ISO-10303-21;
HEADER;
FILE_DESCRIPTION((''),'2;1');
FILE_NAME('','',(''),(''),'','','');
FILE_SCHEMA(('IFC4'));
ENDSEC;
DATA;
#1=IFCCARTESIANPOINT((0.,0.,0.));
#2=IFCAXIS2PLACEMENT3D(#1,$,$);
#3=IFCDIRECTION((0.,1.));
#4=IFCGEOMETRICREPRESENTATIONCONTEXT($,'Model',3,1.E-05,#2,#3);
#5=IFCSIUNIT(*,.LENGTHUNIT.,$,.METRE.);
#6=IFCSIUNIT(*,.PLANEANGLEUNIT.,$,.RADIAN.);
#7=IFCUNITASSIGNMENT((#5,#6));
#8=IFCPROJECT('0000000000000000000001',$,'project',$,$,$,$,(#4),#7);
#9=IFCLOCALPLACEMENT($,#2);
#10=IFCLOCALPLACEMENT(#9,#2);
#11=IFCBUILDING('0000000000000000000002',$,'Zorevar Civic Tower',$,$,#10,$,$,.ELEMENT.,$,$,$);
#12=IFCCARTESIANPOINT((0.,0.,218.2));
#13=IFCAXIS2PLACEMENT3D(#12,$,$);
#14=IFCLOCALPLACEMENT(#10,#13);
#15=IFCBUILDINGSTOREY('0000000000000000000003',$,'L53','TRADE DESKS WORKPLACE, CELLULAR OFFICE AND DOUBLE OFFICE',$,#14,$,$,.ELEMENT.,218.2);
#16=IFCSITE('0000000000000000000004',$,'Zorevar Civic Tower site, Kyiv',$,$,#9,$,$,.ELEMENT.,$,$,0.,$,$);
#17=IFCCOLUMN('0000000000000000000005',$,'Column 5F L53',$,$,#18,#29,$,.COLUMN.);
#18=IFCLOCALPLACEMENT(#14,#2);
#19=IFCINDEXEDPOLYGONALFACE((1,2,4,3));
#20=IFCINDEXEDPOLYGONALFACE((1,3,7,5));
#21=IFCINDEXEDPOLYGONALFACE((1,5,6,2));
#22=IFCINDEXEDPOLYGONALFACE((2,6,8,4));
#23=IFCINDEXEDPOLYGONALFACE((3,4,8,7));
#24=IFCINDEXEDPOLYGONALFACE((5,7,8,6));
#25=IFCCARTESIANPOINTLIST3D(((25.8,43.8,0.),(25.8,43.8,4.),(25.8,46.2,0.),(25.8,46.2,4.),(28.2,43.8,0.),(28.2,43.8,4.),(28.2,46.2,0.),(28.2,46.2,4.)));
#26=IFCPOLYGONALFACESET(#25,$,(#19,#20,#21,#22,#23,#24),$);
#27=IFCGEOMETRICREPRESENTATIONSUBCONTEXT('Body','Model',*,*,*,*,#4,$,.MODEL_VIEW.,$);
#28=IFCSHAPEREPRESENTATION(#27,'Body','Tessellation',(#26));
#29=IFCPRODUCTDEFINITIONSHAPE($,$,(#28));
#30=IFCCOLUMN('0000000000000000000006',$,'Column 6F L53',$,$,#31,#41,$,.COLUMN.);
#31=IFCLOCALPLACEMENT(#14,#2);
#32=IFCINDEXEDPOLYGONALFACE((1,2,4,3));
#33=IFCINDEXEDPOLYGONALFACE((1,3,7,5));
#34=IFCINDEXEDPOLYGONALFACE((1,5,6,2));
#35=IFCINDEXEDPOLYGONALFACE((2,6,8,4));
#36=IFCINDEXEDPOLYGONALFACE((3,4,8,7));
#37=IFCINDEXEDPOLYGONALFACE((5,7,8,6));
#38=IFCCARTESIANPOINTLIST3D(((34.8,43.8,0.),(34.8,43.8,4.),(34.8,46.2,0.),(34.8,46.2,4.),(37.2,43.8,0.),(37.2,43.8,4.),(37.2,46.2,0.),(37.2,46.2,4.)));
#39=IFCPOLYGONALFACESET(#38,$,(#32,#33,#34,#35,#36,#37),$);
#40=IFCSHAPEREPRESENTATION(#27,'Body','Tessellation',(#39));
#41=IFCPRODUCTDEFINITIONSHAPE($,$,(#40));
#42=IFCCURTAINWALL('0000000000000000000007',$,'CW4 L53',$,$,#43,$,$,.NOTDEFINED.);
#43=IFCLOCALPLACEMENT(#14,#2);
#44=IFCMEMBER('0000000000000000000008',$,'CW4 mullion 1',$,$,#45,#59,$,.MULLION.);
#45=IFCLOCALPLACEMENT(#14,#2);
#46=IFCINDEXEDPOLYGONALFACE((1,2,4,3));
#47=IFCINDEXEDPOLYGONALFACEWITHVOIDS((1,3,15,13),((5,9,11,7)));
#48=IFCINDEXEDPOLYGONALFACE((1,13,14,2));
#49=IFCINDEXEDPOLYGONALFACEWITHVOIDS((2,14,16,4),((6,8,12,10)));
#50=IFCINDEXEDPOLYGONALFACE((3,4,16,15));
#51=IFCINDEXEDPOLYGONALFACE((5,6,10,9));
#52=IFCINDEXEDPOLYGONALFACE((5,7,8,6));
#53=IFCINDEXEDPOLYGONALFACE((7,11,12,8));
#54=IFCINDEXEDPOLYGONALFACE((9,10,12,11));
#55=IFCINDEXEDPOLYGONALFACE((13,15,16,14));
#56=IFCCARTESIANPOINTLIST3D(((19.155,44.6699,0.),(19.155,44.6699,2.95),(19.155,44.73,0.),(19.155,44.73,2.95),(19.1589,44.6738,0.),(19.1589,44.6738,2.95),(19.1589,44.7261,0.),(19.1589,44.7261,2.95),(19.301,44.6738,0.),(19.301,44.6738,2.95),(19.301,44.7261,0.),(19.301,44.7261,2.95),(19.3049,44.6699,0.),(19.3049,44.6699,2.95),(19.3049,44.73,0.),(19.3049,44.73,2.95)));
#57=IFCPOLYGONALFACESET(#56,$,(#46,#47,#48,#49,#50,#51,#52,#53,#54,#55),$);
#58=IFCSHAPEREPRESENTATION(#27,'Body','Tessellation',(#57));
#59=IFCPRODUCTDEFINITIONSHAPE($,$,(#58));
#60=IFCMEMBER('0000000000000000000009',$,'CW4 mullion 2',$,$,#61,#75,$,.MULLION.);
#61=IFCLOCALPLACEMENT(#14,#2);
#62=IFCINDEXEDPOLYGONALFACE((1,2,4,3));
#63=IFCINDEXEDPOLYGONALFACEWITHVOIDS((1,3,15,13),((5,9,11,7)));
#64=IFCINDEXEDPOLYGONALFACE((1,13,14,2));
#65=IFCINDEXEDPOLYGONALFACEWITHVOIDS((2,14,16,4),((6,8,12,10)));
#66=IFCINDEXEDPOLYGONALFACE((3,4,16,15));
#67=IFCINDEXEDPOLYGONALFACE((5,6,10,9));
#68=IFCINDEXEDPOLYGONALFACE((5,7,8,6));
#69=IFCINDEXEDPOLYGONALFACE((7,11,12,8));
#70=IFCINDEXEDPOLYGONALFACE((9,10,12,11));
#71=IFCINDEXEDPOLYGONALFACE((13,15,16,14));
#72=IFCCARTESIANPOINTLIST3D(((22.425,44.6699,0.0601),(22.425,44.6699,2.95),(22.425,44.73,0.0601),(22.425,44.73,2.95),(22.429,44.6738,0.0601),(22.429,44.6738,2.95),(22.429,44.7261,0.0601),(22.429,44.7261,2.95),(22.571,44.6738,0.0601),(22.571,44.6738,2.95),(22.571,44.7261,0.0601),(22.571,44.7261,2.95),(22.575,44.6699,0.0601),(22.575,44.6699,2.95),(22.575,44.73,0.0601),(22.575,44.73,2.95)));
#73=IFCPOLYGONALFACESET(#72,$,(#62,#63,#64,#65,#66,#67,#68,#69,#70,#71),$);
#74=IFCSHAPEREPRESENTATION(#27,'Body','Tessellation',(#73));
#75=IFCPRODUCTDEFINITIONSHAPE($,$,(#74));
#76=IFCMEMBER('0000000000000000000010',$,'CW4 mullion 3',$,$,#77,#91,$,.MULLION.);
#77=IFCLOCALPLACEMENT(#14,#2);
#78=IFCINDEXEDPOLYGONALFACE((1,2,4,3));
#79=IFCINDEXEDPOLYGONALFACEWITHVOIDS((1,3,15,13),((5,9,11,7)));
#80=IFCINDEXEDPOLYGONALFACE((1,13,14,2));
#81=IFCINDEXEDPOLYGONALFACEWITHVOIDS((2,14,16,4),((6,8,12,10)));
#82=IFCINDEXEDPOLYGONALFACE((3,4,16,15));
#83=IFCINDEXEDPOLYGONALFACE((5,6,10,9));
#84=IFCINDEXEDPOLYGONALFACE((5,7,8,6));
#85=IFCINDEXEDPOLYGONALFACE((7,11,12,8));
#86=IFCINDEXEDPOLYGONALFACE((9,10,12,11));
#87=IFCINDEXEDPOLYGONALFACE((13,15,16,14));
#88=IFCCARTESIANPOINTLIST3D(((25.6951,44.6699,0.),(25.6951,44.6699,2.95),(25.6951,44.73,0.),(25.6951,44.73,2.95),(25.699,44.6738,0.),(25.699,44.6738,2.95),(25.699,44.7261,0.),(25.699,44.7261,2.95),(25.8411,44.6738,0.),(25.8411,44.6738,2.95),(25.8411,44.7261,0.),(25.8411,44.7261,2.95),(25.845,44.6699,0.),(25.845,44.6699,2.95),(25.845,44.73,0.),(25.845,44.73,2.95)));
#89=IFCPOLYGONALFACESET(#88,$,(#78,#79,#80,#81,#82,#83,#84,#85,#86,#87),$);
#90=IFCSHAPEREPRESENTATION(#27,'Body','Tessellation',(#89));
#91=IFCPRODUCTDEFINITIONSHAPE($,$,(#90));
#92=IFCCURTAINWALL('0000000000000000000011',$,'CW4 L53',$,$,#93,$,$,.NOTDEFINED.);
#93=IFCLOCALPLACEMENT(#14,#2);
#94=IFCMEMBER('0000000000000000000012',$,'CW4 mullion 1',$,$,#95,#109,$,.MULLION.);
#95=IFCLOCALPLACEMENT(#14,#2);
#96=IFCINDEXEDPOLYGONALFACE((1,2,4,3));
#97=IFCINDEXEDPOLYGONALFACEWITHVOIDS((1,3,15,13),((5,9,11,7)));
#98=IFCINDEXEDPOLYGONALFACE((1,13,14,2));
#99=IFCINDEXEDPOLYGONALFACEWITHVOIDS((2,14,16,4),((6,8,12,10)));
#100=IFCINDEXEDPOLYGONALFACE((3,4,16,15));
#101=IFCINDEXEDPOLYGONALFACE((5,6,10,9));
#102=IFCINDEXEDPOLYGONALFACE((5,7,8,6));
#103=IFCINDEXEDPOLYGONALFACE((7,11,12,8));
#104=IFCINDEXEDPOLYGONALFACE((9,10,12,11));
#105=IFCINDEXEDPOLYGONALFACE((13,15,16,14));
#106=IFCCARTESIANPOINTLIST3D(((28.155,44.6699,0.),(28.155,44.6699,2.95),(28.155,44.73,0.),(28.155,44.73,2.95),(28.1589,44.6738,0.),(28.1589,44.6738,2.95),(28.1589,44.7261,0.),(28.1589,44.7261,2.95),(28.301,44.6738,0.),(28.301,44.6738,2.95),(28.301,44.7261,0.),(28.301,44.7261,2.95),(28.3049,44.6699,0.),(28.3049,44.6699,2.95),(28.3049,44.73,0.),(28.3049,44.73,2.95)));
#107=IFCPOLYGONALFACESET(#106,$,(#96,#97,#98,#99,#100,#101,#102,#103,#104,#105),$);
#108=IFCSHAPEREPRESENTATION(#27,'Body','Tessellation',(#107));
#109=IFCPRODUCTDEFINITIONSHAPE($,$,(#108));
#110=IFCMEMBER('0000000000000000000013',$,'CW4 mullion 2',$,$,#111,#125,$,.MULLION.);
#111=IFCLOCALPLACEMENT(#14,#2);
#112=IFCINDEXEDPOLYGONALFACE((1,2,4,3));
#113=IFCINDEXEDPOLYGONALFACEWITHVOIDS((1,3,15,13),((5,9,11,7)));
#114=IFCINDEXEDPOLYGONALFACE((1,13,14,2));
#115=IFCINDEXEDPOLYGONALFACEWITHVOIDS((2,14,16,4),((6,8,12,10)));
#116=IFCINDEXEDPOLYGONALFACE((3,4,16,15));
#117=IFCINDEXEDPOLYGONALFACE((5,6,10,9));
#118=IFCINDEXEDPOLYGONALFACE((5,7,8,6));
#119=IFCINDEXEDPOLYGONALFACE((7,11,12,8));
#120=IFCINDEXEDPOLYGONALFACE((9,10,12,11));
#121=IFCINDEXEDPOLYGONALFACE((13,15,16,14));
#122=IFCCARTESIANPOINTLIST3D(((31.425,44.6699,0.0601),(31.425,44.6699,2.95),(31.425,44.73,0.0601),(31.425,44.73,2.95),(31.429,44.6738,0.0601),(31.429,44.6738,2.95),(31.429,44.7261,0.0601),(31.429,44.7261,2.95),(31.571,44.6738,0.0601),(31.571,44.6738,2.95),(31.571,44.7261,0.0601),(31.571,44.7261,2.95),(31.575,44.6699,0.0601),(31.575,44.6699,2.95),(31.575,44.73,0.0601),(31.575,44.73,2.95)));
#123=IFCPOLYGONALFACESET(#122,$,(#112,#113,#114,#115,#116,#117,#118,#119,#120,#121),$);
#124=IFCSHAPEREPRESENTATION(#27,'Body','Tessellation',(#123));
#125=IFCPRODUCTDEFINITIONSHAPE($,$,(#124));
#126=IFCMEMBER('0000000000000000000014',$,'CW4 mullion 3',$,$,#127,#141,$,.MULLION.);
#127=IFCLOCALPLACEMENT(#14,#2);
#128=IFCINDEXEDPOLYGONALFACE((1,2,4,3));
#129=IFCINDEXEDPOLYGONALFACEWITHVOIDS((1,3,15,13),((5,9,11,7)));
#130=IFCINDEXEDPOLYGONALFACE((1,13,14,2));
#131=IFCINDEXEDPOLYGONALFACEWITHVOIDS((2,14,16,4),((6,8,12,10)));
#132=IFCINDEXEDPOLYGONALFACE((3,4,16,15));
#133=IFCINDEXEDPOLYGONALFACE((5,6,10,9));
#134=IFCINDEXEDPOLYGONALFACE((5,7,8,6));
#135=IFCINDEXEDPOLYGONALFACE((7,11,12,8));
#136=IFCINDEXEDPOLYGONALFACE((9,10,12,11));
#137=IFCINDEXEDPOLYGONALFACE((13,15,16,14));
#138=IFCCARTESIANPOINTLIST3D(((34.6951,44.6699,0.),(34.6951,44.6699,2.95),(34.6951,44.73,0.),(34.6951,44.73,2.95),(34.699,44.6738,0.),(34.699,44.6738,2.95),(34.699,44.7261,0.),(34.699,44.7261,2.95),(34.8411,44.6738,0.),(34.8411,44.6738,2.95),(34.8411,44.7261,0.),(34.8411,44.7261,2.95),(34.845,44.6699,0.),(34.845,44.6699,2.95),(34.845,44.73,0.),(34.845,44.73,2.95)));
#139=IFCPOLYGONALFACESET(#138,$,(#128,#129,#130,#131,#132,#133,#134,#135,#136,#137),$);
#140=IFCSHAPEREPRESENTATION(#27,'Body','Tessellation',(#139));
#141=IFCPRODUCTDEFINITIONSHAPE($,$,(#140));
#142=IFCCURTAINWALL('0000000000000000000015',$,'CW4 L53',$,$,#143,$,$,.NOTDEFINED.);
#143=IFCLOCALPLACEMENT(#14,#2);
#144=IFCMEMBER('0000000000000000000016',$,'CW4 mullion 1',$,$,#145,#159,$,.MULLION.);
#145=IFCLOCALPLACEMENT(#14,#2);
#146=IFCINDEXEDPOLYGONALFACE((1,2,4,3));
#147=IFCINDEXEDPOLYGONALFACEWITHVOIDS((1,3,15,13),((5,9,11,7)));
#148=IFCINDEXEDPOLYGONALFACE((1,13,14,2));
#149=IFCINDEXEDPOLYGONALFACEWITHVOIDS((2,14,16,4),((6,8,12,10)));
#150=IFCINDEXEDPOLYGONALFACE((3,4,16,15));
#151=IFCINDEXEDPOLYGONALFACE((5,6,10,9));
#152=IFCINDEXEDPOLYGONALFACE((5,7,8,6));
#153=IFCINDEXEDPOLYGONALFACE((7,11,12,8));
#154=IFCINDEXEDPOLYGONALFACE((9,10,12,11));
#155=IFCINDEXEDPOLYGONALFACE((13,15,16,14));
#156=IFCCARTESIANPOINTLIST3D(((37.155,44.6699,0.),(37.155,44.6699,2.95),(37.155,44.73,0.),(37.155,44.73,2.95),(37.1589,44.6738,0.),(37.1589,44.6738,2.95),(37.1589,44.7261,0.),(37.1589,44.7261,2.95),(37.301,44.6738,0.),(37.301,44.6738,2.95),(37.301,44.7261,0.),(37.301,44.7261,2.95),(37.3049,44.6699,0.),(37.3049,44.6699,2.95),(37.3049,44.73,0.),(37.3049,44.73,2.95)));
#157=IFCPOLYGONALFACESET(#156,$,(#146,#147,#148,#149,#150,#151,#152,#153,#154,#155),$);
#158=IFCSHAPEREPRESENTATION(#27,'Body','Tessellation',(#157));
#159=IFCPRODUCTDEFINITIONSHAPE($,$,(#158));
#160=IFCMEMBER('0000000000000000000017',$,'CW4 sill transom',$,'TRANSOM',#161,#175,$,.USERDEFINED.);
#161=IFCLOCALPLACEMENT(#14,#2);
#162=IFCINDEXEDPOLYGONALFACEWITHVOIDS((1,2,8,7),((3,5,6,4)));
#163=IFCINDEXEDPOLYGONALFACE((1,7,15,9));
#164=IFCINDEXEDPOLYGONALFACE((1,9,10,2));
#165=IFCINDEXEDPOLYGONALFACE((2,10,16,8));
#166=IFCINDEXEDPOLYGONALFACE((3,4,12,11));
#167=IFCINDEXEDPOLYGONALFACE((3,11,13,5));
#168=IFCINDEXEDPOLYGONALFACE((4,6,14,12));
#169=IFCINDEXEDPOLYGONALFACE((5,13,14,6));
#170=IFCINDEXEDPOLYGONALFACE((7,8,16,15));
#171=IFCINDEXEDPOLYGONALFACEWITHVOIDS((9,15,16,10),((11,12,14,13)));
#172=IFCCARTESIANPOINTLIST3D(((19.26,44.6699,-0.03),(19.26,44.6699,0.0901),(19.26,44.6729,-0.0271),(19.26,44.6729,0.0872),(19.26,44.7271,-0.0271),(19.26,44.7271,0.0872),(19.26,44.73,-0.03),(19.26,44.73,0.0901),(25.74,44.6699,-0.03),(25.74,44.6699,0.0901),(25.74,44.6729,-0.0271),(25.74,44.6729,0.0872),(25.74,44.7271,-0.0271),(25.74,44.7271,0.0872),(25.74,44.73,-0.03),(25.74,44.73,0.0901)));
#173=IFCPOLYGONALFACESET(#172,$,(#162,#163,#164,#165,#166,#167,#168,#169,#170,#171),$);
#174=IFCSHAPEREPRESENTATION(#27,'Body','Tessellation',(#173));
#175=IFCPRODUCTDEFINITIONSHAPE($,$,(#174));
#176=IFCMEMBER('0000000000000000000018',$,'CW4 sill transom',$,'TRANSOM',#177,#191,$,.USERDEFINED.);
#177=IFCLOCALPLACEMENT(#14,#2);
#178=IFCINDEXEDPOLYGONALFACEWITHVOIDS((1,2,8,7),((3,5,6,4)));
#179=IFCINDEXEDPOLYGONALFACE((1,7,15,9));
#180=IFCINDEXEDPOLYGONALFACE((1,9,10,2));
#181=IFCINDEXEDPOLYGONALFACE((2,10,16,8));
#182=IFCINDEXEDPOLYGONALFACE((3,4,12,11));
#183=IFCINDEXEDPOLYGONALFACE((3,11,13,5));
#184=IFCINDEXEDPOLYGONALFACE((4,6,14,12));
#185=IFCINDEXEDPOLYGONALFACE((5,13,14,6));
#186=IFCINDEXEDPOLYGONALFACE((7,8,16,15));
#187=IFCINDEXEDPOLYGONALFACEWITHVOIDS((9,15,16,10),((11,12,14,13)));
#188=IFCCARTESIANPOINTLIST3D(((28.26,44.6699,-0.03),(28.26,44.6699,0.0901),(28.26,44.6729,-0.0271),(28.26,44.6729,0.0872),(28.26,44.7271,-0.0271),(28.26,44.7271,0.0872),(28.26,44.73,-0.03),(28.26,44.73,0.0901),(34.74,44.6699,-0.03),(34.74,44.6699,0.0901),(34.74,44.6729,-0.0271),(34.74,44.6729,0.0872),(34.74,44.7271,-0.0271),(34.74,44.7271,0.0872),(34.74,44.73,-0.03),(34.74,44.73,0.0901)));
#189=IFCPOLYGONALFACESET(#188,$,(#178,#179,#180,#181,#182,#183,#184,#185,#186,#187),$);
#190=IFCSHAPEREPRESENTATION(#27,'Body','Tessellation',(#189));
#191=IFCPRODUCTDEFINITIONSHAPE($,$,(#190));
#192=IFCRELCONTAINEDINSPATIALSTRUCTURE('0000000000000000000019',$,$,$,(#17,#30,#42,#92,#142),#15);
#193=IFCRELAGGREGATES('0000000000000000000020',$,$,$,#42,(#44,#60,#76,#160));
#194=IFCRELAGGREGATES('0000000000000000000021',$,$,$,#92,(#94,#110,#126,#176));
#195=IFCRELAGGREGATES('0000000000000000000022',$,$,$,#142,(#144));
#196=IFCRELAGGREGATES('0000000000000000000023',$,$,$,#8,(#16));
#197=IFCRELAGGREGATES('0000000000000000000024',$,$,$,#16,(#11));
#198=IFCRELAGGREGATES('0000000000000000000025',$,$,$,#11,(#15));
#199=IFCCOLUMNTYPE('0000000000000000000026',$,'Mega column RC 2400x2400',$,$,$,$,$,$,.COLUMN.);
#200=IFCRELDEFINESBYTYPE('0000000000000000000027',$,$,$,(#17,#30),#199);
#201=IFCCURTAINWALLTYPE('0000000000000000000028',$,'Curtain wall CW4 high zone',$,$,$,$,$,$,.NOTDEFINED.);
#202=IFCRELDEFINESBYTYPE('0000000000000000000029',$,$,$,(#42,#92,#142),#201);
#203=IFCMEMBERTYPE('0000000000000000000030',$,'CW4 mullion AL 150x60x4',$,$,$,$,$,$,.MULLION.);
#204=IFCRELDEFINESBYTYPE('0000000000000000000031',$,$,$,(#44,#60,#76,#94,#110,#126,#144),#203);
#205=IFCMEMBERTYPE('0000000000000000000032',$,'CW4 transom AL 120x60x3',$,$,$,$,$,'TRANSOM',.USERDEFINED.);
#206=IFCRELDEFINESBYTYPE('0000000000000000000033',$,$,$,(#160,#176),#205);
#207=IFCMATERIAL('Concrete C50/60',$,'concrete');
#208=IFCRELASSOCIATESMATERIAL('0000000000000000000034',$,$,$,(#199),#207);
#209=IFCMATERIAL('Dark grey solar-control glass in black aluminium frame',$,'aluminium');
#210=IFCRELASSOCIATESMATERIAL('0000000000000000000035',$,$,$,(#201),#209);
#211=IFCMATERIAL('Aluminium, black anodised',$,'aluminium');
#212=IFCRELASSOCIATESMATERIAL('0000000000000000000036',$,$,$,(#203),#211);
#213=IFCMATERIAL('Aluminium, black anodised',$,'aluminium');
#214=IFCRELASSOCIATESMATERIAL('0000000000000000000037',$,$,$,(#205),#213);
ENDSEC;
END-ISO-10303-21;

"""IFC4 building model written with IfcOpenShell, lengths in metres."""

from ifc_helpers import new_model, si_unit, direction, frame, origin, origin_2d, place, context, subcontext, project, spatial, rectangle, hollow_rectangle, extrude, material, material_profile, profile_set, type_object, element, aggregate, save


model = new_model("IFC4")

# Units and contexts
model_context = context("Model", 3, precision=1e-05, world=origin(), true_north=direction((0.0, 1.0)))
body_context = subcontext(model_context, "Body", "Model", "MODEL_VIEW")
ifc_project = project(units=[si_unit("LENGTHUNIT", "METRE"), si_unit("PLANEANGLEUNIT", "RADIAN")], contexts=[model_context])

# Site, building, storey
site_placement = place(None, origin())
site = spatial("IfcSite", under=ifc_project, at=site_placement, Name="Zorevar Civic Tower site, Kyiv", CompositionType="ELEMENT", RefElevation=0.0)
building_placement = place(site_placement, origin())
building = spatial("IfcBuilding", under=site, at=building_placement, Name="Zorevar Civic Tower", CompositionType="ELEMENT")
storey_placement = place(building_placement, frame((0.0, 0.0, 218.2)))
storey = spatial("IfcBuildingStorey", under=building, at=storey_placement, Name="L53", Description="TRADE DESKS WORKPLACE, CELLULAR OFFICE AND DOUBLE OFFICE", CompositionType="ELEMENT", Elevation=218.2)

# Columns
ifc_material_1 = material(Name="Concrete C50/60", Category="concrete")
ifc_material_profile_1 = material_profile(ifc_material_1, rectangle(XDim=2.3999, YDim=2.3999, at=origin_2d()), Name="RC 2400x2400")
ifc_profile_set_1 = profile_set([ifc_material_profile_1], Name="Concrete C50/60")
column_type = type_object("IfcColumnType", Name="Mega column RC 2400x2400", PredefinedType="COLUMN", material=ifc_profile_set_1)
for number, where, z_axis, x_axis, name in (
    (1, (27.0, 45.0, 0.0), (0.0, 0.0, 1.0), (1.0, 0.0, 0.0), "Column 5F L53"),
    (2, (36.0, 45.0, 0.0), (0.0, 0.0, 1.0), (1.0, 0.0, 0.0), "Column 6F L53"),
):
    element("IfcColumn", number, at=place(storey_placement, frame(where, z_axis=z_axis, x_axis=x_axis)), inside=storey, type_object=column_type, Name=name, PredefinedType="COLUMN", context=body_context, shape_type="SweptSolid", body=[
        extrude(rectangle(XDim=2.3999, YDim=2.3999, at=origin_2d()), origin(), (0.0, 0.0, 1.0), 4.0),
    ])

# Curtain walls, members
ifc_material_2 = material(Name="Dark grey solar-control glass in black aluminium frame", Category="aluminium")
curtain_wall_type = type_object("IfcCurtainWallType", Name="Curtain wall CW4 high zone", PredefinedType="NOTDEFINED", material=ifc_material_2)
curtain_wall_1_placement = place(storey_placement, origin())
curtain_wall_1 = element("IfcCurtainWall", 3, at=curtain_wall_1_placement, inside=storey, type_object=curtain_wall_type, Name="CW4 L53", PredefinedType="NOTDEFINED")
ifc_material_3 = material(Name="Aluminium, black anodised", Category="aluminium")
ifc_material_profile_2 = material_profile(ifc_material_3, hollow_rectangle(XDim=0.0601, YDim=0.1499, WallThickness=0.0039, at=origin_2d()), Name="AL 150x60x4")
ifc_profile_set_2 = profile_set([ifc_material_profile_2], Name="Aluminium, black anodised")
member_type_1 = type_object("IfcMemberType", Name="CW4 mullion AL 150x60x4", PredefinedType="MULLION", material=ifc_profile_set_2)
member_1_placement = place(storey_placement, frame((19.23, 44.7, 0.0), z_axis=(0.0, 0.0, 1.0), x_axis=(0.0, 1.0, 0.0)))
member_1 = element("IfcMember", 4, at=member_1_placement, type_object=member_type_1, Name="CW4 mullion 1", PredefinedType="MULLION", context=body_context, shape_type="SweptSolid", body=[
    extrude(hollow_rectangle(XDim=0.0601, YDim=0.1499, WallThickness=0.0039, at=origin_2d()), origin(), (0.0, 0.0, 1.0), 2.95),
])
member_2_placement = place(storey_placement, frame((22.5, 44.7, 0.0601), z_axis=(0.0, 0.0, 1.0), x_axis=(0.0, 1.0, 0.0)))
member_2 = element("IfcMember", 5, at=member_2_placement, type_object=member_type_1, Name="CW4 mullion 2", PredefinedType="MULLION", context=body_context, shape_type="SweptSolid", body=[
    extrude(hollow_rectangle(XDim=0.0601, YDim=0.1499, WallThickness=0.0039, at=origin_2d()), origin(), (0.0, 0.0, 1.0), 2.8899),
])
member_3_placement = place(storey_placement, frame((25.77, 44.7, 0.0), z_axis=(0.0, 0.0, 1.0), x_axis=(0.0, 1.0, 0.0)))
member_3 = element("IfcMember", 6, at=member_3_placement, type_object=member_type_1, Name="CW4 mullion 3", PredefinedType="MULLION", context=body_context, shape_type="SweptSolid", body=[
    extrude(hollow_rectangle(XDim=0.0601, YDim=0.1499, WallThickness=0.0039, at=origin_2d()), origin(), (0.0, 0.0, 1.0), 2.95),
])
curtain_wall_2_placement = place(storey_placement, origin())
curtain_wall_2 = element("IfcCurtainWall", 7, at=curtain_wall_2_placement, inside=storey, type_object=curtain_wall_type, Name="CW4 L53", PredefinedType="NOTDEFINED")
member_4_placement = place(storey_placement, frame((28.23, 44.7, 0.0), z_axis=(0.0, 0.0, 1.0), x_axis=(0.0, 1.0, 0.0)))
member_4 = element("IfcMember", 8, at=member_4_placement, type_object=member_type_1, Name="CW4 mullion 1", PredefinedType="MULLION", context=body_context, shape_type="SweptSolid", body=[
    extrude(hollow_rectangle(XDim=0.0601, YDim=0.1499, WallThickness=0.0039, at=origin_2d()), origin(), (0.0, 0.0, 1.0), 2.95),
])
member_5_placement = place(storey_placement, frame((31.5, 44.7, 0.0601), z_axis=(0.0, 0.0, 1.0), x_axis=(0.0, 1.0, 0.0)))
member_5 = element("IfcMember", 9, at=member_5_placement, type_object=member_type_1, Name="CW4 mullion 2", PredefinedType="MULLION", context=body_context, shape_type="SweptSolid", body=[
    extrude(hollow_rectangle(XDim=0.0601, YDim=0.1499, WallThickness=0.0039, at=origin_2d()), origin(), (0.0, 0.0, 1.0), 2.8899),
])
member_6_placement = place(storey_placement, frame((34.77, 44.7, 0.0), z_axis=(0.0, 0.0, 1.0), x_axis=(0.0, 1.0, 0.0)))
member_6 = element("IfcMember", 10, at=member_6_placement, type_object=member_type_1, Name="CW4 mullion 3", PredefinedType="MULLION", context=body_context, shape_type="SweptSolid", body=[
    extrude(hollow_rectangle(XDim=0.0601, YDim=0.1499, WallThickness=0.0039, at=origin_2d()), origin(), (0.0, 0.0, 1.0), 2.95),
])

# Curtain wall, member
curtain_wall_3_placement = place(storey_placement, origin())
curtain_wall_3 = element("IfcCurtainWall", 11, at=curtain_wall_3_placement, inside=storey, type_object=curtain_wall_type, Name="CW4 L53", PredefinedType="NOTDEFINED")
member_7_placement = place(storey_placement, frame((37.23, 44.7, 0.0), z_axis=(0.0, 0.0, 1.0), x_axis=(0.0, 1.0, 0.0)))
member_7 = element("IfcMember", 12, at=member_7_placement, type_object=member_type_1, Name="CW4 mullion 1", PredefinedType="MULLION", context=body_context, shape_type="SweptSolid", body=[
    extrude(hollow_rectangle(XDim=0.0601, YDim=0.1499, WallThickness=0.0039, at=origin_2d()), origin(), (0.0, 0.0, 1.0), 2.95),
])

# Members
ifc_material_4 = material(Name="Aluminium, black anodised", Category="aluminium")
ifc_material_profile_3 = material_profile(ifc_material_4, hollow_rectangle(XDim=0.0601, YDim=0.1201, WallThickness=0.0029, at=origin_2d()), Name="AL 120x60x3")
ifc_profile_set_3 = profile_set([ifc_material_profile_3], Name="Aluminium, black anodised")
member_type_2 = type_object("IfcMemberType", Name="CW4 transom AL 120x60x3", ElementType="TRANSOM", PredefinedType="USERDEFINED", material=ifc_profile_set_3)
member_8_placement = place(storey_placement, frame((19.26, 44.7, 0.03), z_axis=(1.0, 0.0, 0.0), x_axis=(0.0, 1.0, 0.0)))
member_8 = element("IfcMember", 13, at=member_8_placement, type_object=member_type_2, Name="CW4 sill transom", ObjectType="TRANSOM", PredefinedType="USERDEFINED", context=body_context, shape_type="SweptSolid", body=[
    extrude(hollow_rectangle(XDim=0.0601, YDim=0.1201, WallThickness=0.0029, at=origin_2d()), origin(), (0.0, 0.0, 1.0), 6.48),
])
member_9_placement = place(storey_placement, frame((28.26, 44.7, 0.03), z_axis=(1.0, 0.0, 0.0), x_axis=(0.0, 1.0, 0.0)))
member_9 = element("IfcMember", 14, at=member_9_placement, type_object=member_type_2, Name="CW4 sill transom", ObjectType="TRANSOM", PredefinedType="USERDEFINED", context=body_context, shape_type="SweptSolid", body=[
    extrude(hollow_rectangle(XDim=0.0601, YDim=0.1201, WallThickness=0.0029, at=origin_2d()), origin(), (0.0, 0.0, 1.0), 6.48),
])

aggregate(curtain_wall_1, [member_1, member_2, member_3, member_8])
aggregate(curtain_wall_2, [member_4, member_5, member_6, member_9])
aggregate(curtain_wall_3, [member_7])

save(model, "model.ifc")
